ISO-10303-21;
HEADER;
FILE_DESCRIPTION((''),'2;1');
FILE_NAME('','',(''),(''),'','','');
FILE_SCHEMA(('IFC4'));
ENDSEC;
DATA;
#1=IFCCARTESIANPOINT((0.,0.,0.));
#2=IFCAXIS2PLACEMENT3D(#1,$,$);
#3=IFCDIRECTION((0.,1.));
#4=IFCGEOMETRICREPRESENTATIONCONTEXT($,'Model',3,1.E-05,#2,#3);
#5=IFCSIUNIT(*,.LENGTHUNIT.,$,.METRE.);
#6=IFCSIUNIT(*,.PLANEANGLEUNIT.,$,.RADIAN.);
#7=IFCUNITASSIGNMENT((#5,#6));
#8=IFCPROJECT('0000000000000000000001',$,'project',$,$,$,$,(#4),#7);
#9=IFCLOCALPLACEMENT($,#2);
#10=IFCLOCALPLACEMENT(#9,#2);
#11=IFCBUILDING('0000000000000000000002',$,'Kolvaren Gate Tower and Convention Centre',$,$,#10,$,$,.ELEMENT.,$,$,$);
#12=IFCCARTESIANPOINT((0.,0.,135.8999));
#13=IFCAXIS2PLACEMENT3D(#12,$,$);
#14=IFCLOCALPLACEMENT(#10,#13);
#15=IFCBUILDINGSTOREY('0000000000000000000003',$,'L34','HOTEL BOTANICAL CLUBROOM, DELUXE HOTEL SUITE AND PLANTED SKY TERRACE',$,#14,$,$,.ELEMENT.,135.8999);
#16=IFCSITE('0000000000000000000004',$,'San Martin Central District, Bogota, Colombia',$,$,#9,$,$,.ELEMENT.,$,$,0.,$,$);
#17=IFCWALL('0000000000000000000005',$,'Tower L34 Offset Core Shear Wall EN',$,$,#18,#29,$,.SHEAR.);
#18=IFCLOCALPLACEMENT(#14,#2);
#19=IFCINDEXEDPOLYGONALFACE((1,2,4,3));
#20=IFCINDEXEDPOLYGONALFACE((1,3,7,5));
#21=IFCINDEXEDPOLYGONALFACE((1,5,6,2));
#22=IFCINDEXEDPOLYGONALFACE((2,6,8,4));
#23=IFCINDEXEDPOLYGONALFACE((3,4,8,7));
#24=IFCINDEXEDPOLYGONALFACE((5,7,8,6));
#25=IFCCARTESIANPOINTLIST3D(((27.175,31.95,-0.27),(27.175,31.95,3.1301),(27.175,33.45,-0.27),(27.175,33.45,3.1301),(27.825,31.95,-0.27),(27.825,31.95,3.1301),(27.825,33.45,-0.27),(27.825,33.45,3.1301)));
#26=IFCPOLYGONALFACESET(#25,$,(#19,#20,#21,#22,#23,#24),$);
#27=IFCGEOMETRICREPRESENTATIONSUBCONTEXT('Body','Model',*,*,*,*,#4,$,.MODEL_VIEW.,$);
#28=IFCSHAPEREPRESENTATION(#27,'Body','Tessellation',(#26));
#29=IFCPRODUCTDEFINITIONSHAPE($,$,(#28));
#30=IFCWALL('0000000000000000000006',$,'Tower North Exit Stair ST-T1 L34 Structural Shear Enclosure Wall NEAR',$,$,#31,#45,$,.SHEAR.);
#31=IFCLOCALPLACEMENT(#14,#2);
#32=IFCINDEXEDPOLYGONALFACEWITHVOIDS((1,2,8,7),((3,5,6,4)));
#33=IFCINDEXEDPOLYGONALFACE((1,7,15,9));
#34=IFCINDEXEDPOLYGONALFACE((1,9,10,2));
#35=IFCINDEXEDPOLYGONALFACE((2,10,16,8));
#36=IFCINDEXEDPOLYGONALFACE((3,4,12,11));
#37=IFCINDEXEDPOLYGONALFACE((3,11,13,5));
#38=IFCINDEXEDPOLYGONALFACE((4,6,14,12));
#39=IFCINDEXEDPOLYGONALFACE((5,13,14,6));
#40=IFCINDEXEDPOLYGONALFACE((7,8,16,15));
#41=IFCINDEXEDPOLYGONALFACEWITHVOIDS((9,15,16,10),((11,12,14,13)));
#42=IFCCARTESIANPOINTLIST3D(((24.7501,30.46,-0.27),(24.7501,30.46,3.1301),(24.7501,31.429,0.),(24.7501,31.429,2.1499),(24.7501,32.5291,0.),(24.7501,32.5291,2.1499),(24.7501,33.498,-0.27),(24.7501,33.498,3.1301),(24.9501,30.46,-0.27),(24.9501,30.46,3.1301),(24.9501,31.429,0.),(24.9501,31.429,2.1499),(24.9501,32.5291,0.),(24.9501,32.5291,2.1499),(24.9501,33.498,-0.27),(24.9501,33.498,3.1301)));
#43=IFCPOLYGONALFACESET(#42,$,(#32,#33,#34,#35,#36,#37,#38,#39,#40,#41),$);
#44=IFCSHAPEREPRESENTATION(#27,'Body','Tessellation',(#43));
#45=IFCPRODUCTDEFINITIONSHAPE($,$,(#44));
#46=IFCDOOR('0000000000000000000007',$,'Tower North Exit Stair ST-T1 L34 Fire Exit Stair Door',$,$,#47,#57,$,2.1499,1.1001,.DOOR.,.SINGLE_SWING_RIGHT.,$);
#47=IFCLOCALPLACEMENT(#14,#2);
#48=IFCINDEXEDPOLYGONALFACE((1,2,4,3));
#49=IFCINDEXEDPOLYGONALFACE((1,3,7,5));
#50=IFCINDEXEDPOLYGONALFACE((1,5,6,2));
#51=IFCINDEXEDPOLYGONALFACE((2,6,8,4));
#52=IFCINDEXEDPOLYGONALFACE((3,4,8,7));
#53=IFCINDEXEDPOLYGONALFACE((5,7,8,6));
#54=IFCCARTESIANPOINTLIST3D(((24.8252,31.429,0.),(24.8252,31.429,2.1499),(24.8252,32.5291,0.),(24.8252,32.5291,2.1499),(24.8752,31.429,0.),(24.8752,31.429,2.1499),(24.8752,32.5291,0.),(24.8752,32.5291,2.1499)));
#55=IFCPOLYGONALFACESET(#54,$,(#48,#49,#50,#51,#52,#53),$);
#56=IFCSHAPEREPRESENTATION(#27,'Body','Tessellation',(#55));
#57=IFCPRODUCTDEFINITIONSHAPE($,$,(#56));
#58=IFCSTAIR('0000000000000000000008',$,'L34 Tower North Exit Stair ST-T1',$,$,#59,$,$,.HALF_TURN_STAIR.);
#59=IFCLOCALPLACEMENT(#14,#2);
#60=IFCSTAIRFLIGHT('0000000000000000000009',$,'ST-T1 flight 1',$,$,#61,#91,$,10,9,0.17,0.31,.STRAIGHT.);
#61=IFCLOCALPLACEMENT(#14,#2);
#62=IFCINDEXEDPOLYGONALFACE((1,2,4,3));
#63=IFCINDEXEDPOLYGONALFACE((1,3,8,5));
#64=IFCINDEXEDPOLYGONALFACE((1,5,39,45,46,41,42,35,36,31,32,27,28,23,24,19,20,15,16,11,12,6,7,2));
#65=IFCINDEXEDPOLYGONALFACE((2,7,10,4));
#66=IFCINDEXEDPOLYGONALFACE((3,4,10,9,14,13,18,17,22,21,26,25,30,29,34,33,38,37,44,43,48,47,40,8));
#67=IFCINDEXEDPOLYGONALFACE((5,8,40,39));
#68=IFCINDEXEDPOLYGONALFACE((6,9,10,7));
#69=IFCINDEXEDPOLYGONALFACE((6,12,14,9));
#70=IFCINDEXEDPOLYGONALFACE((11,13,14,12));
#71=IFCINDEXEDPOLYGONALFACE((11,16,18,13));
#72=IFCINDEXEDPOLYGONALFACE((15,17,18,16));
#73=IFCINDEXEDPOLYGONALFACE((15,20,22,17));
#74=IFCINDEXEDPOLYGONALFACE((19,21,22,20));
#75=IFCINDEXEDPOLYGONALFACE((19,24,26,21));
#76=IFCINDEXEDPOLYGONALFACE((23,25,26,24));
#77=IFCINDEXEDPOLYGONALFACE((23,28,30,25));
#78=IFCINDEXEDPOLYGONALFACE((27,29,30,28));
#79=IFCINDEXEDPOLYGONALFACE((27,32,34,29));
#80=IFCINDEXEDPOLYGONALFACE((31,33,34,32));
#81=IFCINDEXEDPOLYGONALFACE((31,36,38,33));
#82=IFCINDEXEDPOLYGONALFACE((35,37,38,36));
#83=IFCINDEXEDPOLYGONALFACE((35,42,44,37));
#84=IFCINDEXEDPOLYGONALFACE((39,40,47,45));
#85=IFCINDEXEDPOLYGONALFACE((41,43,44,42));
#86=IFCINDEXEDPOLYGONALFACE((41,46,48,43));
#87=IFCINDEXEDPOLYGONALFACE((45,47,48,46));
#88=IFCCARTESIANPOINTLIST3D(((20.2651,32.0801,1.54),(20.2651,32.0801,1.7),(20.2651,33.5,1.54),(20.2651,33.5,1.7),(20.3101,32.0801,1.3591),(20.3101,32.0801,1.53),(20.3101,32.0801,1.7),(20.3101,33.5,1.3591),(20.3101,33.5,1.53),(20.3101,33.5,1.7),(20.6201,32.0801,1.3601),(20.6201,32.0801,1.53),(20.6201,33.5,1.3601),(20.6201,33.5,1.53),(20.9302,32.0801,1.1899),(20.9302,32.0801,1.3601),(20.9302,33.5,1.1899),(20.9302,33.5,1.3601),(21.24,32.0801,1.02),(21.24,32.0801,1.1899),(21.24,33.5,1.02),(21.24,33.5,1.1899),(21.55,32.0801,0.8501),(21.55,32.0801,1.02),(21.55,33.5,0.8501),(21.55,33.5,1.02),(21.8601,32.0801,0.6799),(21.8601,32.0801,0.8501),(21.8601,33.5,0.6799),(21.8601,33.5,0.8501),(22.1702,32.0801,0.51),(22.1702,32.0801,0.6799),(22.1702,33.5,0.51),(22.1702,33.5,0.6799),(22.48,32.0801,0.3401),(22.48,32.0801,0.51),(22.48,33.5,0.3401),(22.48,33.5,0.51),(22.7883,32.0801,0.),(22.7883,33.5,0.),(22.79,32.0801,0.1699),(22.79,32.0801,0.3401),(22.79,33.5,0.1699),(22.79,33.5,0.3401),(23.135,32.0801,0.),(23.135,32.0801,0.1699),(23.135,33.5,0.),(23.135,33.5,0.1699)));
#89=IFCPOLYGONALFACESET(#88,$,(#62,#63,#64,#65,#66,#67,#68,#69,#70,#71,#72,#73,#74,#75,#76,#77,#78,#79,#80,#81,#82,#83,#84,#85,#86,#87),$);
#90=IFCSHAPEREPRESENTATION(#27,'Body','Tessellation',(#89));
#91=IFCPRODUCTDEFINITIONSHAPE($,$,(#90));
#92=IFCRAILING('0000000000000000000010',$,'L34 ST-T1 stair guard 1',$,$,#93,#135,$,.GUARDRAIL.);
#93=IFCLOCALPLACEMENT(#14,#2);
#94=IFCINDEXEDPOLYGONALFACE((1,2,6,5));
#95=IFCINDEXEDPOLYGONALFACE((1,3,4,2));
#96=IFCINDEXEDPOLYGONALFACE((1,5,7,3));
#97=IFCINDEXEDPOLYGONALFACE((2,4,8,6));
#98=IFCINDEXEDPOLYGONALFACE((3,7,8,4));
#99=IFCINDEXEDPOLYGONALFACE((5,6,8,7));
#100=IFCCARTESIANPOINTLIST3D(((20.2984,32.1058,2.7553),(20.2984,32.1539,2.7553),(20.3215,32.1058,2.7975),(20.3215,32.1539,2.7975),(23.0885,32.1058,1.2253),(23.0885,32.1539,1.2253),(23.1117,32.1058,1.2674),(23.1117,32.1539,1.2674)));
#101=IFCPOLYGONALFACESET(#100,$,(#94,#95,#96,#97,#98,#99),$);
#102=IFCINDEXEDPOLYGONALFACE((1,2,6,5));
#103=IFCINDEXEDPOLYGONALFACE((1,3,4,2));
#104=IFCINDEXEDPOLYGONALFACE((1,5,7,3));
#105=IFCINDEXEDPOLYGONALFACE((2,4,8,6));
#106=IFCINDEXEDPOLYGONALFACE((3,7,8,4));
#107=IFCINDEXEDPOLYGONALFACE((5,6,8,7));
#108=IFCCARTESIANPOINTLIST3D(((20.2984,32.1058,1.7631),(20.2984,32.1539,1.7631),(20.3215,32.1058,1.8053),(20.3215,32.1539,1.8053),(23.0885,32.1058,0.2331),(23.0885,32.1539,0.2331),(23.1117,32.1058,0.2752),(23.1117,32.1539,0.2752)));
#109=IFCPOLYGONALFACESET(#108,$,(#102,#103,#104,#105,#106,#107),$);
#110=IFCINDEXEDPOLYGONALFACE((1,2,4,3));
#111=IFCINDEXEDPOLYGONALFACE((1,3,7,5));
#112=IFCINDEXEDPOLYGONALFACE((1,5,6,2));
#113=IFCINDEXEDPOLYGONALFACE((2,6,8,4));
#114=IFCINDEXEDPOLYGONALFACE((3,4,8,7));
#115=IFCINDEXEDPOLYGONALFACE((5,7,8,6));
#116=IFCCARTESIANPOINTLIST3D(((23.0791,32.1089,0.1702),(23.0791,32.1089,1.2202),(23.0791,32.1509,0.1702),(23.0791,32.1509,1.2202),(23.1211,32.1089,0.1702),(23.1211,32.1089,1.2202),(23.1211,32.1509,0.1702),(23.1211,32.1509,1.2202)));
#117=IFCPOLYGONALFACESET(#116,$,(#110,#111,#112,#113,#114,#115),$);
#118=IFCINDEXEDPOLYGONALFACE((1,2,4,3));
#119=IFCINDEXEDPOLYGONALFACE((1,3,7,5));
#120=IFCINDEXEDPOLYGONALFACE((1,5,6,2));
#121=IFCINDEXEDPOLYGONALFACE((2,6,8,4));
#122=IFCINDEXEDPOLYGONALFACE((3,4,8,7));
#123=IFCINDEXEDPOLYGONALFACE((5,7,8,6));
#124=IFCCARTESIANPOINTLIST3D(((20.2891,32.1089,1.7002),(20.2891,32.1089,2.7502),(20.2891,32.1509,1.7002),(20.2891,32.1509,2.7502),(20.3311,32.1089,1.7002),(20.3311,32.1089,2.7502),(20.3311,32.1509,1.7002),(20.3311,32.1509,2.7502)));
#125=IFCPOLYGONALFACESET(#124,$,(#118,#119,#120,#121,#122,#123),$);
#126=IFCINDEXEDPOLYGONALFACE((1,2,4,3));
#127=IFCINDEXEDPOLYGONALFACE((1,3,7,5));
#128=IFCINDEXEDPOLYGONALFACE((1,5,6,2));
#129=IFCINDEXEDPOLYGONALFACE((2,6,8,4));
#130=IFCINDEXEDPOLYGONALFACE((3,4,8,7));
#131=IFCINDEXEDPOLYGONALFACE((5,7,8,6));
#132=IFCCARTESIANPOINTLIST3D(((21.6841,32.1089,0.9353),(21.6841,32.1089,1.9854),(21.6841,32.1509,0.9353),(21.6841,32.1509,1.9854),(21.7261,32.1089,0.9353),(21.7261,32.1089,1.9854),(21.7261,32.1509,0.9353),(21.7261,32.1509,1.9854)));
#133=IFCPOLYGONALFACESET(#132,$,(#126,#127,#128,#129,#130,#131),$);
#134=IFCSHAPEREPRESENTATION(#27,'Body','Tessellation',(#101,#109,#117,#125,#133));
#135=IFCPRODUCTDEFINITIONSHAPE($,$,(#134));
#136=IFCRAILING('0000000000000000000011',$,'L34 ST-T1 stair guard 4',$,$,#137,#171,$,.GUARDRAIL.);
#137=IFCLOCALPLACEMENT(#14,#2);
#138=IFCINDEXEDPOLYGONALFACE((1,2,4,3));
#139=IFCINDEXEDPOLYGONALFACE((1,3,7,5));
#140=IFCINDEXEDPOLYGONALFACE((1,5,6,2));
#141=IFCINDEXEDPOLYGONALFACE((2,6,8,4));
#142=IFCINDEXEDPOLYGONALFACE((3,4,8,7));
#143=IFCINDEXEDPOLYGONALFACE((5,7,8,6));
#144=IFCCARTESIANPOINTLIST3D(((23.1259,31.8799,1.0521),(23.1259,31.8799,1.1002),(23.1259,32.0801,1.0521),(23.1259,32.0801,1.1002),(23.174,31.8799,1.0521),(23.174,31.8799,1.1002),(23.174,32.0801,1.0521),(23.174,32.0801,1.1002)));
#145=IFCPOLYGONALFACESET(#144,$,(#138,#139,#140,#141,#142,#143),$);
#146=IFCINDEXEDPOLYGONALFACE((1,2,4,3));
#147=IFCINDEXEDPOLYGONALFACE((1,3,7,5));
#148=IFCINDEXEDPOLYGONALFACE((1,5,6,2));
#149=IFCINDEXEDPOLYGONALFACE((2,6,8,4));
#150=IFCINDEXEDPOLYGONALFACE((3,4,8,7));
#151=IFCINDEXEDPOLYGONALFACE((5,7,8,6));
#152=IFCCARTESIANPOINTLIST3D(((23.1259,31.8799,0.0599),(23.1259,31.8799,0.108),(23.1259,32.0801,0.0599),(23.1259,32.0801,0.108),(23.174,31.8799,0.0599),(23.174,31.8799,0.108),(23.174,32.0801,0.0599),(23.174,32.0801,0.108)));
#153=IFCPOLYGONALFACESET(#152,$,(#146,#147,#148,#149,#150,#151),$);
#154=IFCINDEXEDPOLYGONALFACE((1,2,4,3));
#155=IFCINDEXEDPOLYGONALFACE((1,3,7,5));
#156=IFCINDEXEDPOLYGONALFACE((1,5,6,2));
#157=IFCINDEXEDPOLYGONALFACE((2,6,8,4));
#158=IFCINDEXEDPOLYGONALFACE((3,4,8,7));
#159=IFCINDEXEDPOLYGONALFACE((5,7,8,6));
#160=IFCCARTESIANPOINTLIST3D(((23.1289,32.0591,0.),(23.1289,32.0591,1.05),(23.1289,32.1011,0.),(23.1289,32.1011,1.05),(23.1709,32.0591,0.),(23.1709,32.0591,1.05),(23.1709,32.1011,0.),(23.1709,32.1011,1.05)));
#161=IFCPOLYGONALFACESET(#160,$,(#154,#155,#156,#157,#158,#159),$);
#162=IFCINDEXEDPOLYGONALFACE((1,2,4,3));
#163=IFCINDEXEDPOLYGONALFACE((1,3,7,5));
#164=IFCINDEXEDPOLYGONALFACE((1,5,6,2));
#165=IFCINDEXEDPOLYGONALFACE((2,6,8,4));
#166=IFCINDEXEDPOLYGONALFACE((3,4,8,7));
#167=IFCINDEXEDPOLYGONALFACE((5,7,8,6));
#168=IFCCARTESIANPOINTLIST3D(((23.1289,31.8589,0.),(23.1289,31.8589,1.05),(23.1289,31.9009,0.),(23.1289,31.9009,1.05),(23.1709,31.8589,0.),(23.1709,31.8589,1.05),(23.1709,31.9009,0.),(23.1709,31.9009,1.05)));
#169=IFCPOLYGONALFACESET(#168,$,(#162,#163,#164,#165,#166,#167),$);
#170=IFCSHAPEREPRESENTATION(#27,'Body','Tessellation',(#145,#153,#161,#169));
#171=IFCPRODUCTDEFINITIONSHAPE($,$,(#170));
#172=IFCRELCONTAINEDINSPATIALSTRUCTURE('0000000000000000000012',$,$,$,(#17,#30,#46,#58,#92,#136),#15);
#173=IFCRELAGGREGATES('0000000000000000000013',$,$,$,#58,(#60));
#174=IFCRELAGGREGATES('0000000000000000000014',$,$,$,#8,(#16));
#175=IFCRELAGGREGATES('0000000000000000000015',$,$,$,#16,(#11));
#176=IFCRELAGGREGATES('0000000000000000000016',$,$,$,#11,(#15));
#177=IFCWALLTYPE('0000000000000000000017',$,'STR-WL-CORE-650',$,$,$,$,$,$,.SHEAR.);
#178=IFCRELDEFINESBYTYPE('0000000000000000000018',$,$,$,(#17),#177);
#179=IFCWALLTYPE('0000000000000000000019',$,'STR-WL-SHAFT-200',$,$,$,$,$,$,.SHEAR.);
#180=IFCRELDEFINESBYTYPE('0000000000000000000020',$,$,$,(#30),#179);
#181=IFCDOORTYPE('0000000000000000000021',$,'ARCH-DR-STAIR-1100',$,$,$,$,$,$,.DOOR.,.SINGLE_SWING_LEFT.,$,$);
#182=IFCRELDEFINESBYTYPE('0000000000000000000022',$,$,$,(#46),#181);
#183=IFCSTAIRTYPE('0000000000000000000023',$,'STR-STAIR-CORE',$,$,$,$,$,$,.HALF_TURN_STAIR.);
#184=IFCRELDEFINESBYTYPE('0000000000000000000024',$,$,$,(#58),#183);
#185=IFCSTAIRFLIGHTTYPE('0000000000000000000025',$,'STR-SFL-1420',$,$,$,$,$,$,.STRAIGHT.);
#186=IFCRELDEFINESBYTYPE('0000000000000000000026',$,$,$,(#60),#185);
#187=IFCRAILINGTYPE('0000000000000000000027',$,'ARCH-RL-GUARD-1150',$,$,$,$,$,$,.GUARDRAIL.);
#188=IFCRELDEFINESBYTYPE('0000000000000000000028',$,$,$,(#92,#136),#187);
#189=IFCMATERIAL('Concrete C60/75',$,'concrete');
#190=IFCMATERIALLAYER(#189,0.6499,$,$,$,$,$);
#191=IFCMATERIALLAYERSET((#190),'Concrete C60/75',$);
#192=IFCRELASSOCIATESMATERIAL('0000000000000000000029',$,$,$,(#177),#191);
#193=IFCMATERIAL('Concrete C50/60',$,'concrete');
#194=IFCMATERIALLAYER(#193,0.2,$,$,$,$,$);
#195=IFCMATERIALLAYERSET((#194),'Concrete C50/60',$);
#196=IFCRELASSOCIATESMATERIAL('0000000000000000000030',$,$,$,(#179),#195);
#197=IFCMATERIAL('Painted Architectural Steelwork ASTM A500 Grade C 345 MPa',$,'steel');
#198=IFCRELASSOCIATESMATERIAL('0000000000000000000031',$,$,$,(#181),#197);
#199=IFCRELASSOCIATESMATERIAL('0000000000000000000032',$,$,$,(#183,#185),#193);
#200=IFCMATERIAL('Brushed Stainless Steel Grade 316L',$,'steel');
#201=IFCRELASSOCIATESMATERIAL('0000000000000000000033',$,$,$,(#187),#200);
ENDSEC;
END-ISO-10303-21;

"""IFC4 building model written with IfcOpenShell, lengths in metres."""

from ifc_helpers import new_model, si_unit, direction, frame, frame_2d, origin, origin_2d, place, context, subcontext, project, spatial, polyline, rectangle, outline, extrude, material, layer, layer_set, type_object, element, fill, aggregate, save


model = new_model("IFC4")

# Units and contexts
model_context = context("Model", 3, precision=1e-05, world=origin(), true_north=direction((0.0, 1.0)))
body_context = subcontext(model_context, "Body", "Model", "MODEL_VIEW")
ifc_project = project(units=[si_unit("LENGTHUNIT", "METRE"), si_unit("PLANEANGLEUNIT", "RADIAN")], contexts=[model_context])

# Site, building, storey
site_placement = place(None, origin())
site = spatial("IfcSite", under=ifc_project, at=site_placement, Name="San Martin Central District, Bogota, Colombia", CompositionType="ELEMENT", RefElevation=0.0)
building_placement = place(site_placement, origin())
building = spatial("IfcBuilding", under=site, at=building_placement, Name="Kolvaren Gate Tower and Convention Centre", CompositionType="ELEMENT")
storey_placement = place(building_placement, frame((0.0, 0.0, 135.8999)))
storey = spatial("IfcBuildingStorey", under=building, at=storey_placement, Name="L34", Description="HOTEL BOTANICAL CLUBROOM, DELUXE HOTEL SUITE AND PLANTED SKY TERRACE", CompositionType="ELEMENT", Elevation=135.8999)

# Shared definitions
ifc_material_1 = material(Name="Painted Architectural Steelwork ASTM A500 Grade C 345 MPa", Category="steel")

# Shared definitions
ifc_material_2 = material(Name="Brushed Stainless Steel Grade 316L", Category="steel")

# Wall
ifc_material_3 = material(Name="Concrete C60/75", Category="concrete")
ifc_layer_1 = layer(ifc_material_3, 0.6499)
ifc_layer_set_1 = layer_set([ifc_layer_1], Name="Concrete C60/75")
wall_type_1 = type_object("IfcWallType", Name="STR-WL-CORE-650", PredefinedType="SHEAR", material=ifc_layer_set_1)
wall_1_placement = place(storey_placement, frame((27.5, 31.95, -0.27), z_axis=(0.0, 0.0, 1.0), x_axis=(0.0, 1.0, 0.0)))
element("IfcWall", 1, at=wall_1_placement, inside=storey, type_object=wall_type_1, Name="Tower L34 Offset Core Shear Wall EN", PredefinedType="SHEAR", context=body_context, shape_type="SweptSolid", body=[
    extrude(rectangle(XDim=1.5, YDim=0.6499, at=frame_2d((0.75, 0.0))), origin(), (0.0, 0.0, 1.0), 3.4001),
])

# Wall, opening, door
ifc_material_4 = material(Name="Concrete C50/60", Category="concrete")
ifc_layer_2 = layer(ifc_material_4, 0.2)
ifc_layer_set_2 = layer_set([ifc_layer_2], Name="Concrete C50/60")
wall_type_2 = type_object("IfcWallType", Name="STR-WL-SHAFT-200", PredefinedType="SHEAR", material=ifc_layer_set_2)
wall_2_placement = place(storey_placement, frame((24.8501, 30.46, -0.27), z_axis=(0.0, 0.0, 1.0), x_axis=(0.0, 1.0, 0.0)))
wall_2 = element("IfcWall", 2, at=wall_2_placement, inside=storey, type_object=wall_type_2, Name="Tower North Exit Stair ST-T1 L34 Structural Shear Enclosure Wall NEAR", PredefinedType="SHEAR", context=body_context, shape_type="SweptSolid", body=[
    extrude(rectangle(XDim=3.0381, YDim=0.2, at=frame_2d((1.519, 0.0))), origin(), (0.0, 0.0, 1.0), 3.4001),
])
opening_1_placement = place(wall_2_placement, frame((0.969, 0.0, 0.27)))
opening_1 = element("IfcOpeningElement", 3, at=opening_1_placement, cuts=wall_2, PredefinedType="OPENING", context=body_context, shape_type="SweptSolid", body=[
    extrude(rectangle(XDim=1.1001, YDim=2.1499, at=frame_2d((0.55, 1.075))), frame((0.0, 0.1099, 0.0), z_axis=(0.0, -1.0, 0.0), x_axis=(1.0, 0.0, 0.0)), (0.0, 0.0, 1.0), 0.22),
])
door_type_1 = type_object("IfcDoorType", Name="ARCH-DR-STAIR-1100", OperationType="SINGLE_SWING_LEFT", PredefinedType="DOOR", material=ifc_material_1)
door_1_placement = place(opening_1_placement, origin())
door_1 = element("IfcDoor", 4, at=door_1_placement, inside=storey, type_object=door_type_1, Name="Tower North Exit Stair ST-T1 L34 Fire Exit Stair Door", OperationType="SINGLE_SWING_RIGHT", OverallHeight=2.1499, OverallWidth=1.1001, PredefinedType="DOOR", context=body_context, shape_type="SweptSolid", body=[
    extrude(rectangle(XDim=1.1001, YDim=2.1499, at=frame_2d((0.55, 1.075))), frame((0.0, 0.0249, 0.0), z_axis=(0.0, -1.0, 0.0), x_axis=(1.0, 0.0, 0.0)), (0.0, 0.0, 1.0), 0.05),
])
fill(opening_1, door_1)

# Stair, stair flight
stair_type = type_object("IfcStairType", Name="STR-STAIR-CORE", PredefinedType="HALF_TURN_STAIR", material=ifc_material_4)
stair_placement = place(storey_placement, origin())
stair = element("IfcStair", 5, at=stair_placement, inside=storey, type_object=stair_type, Name="L34 Tower North Exit Stair ST-T1", PredefinedType="HALF_TURN_STAIR")
stair_flight_type = type_object("IfcStairFlightType", Name="STR-SFL-1420", PredefinedType="STRAIGHT", material=ifc_material_4)
stair_flight_placement = place(storey_placement, frame((23.1001, 32.79, 0.0), z_axis=(0.0, 0.0, 1.0), x_axis=(-1.0, 0.0, 0.0)))
stair_flight = element("IfcStairFlight", 6, at=stair_flight_placement, type_object=stair_flight_type, Name="ST-T1 flight 1", NumberOfRisers=10, NumberOfTreads=9, PredefinedType="STRAIGHT", RiserHeight=0.17, TreadLength=0.31, context=body_context, shape_type="SweptSolid", body=[
    extrude(outline(polyline([(-0.0349, 0.0), (-0.0349, 0.1699), (0.3101, 0.1699), (0.3101, 0.3401), (0.6201, 0.3401), (0.6201, 0.51), (0.9299, 0.51), (0.9299, 0.6799), (1.24, 0.6799), (1.24, 0.8501), (1.55, 0.8501), (1.55, 1.02), (1.8601, 1.02), (1.8601, 1.1899), (2.1699, 1.1899), (2.1699, 1.3601), (2.48, 1.3601), (2.48, 1.53), (2.79, 1.53), (2.79, 1.7), (2.835, 1.7), (2.835, 1.54), (2.79, 1.3591), (0.3118, 0.0), (-0.0349, 0.0)])), frame((0.0, 0.71, 0.0), z_axis=(0.0, -1.0, 0.0), x_axis=(1.0, 0.0, 0.0)), (0.0, 0.0, 1.0), 1.4199),
])
aggregate(stair, [stair_flight])

# Railings
railing_type_1 = type_object("IfcRailingType", Name="ARCH-RL-GUARD-1150", PredefinedType="GUARDRAIL", material=ifc_material_2)
railing_1_placement = place(storey_placement, frame((23.1001, 32.1299, 0.1702)))
element("IfcRailing", 7, at=railing_1_placement, inside=storey, type_object=railing_type_1, Name="L34 ST-T1 stair guard 1", PredefinedType="GUARDRAIL", context=body_context, shape_type="SweptSolid", body=[
    extrude(rectangle(XDim=0.0481, YDim=0.0481, at=origin_2d()), frame((0.0, 0.0, 1.0762), z_axis=(-0.876811, 0.0, 0.480835), x_axis=(0.0, -1.0, 0.0)), (0.0, 0.0, 1.0), 3.1821),
    extrude(rectangle(XDim=0.0481, YDim=0.0481, at=origin_2d()), frame((0.0, 0.0, 0.084), z_axis=(-0.876811, 0.0, 0.480835), x_axis=(0.0, -1.0, 0.0)), (0.0, 0.0, 1.0), 3.1821),
    extrude(rectangle(XDim=0.042, YDim=0.042, at=origin_2d()), origin(), (0.0, 0.0, 1.0), 1.05),
    extrude(rectangle(XDim=0.042, YDim=0.042, at=origin_2d()), frame((-2.79, 0.0, 1.53)), (0.0, 0.0, 1.0), 1.05),
    extrude(rectangle(XDim=0.042, YDim=0.042, at=origin_2d()), frame((-1.395, 0.0, 0.7651)), (0.0, 0.0, 1.0), 1.05),
])
railing_2_placement = place(storey_placement, frame((23.1499, 32.0801, 0.0)))
element("IfcRailing", 8, at=railing_2_placement, inside=storey, type_object=railing_type_1, Name="L34 ST-T1 stair guard 4", PredefinedType="GUARDRAIL", context=body_context, shape_type="SweptSolid", body=[
    extrude(rectangle(XDim=0.0481, YDim=0.0481, at=origin_2d()), frame((0.0, 0.0, 1.0762), z_axis=(0.0, -1.0, 0.0), x_axis=(1.0, 0.0, 0.0)), (0.0, 0.0, 1.0), 0.2002),
    extrude(rectangle(XDim=0.0481, YDim=0.0481, at=origin_2d()), frame((0.0, 0.0, 0.084), z_axis=(0.0, -1.0, 0.0), x_axis=(1.0, 0.0, 0.0)), (0.0, 0.0, 1.0), 0.2002),
    extrude(rectangle(XDim=0.042, YDim=0.042, at=origin_2d()), origin(), (0.0, 0.0, 1.0), 1.05),
    extrude(rectangle(XDim=0.042, YDim=0.042, at=origin_2d()), frame((0.0, -0.2002, 0.0)), (0.0, 0.0, 1.0), 1.05),
])

save(model, "model.ifc")
